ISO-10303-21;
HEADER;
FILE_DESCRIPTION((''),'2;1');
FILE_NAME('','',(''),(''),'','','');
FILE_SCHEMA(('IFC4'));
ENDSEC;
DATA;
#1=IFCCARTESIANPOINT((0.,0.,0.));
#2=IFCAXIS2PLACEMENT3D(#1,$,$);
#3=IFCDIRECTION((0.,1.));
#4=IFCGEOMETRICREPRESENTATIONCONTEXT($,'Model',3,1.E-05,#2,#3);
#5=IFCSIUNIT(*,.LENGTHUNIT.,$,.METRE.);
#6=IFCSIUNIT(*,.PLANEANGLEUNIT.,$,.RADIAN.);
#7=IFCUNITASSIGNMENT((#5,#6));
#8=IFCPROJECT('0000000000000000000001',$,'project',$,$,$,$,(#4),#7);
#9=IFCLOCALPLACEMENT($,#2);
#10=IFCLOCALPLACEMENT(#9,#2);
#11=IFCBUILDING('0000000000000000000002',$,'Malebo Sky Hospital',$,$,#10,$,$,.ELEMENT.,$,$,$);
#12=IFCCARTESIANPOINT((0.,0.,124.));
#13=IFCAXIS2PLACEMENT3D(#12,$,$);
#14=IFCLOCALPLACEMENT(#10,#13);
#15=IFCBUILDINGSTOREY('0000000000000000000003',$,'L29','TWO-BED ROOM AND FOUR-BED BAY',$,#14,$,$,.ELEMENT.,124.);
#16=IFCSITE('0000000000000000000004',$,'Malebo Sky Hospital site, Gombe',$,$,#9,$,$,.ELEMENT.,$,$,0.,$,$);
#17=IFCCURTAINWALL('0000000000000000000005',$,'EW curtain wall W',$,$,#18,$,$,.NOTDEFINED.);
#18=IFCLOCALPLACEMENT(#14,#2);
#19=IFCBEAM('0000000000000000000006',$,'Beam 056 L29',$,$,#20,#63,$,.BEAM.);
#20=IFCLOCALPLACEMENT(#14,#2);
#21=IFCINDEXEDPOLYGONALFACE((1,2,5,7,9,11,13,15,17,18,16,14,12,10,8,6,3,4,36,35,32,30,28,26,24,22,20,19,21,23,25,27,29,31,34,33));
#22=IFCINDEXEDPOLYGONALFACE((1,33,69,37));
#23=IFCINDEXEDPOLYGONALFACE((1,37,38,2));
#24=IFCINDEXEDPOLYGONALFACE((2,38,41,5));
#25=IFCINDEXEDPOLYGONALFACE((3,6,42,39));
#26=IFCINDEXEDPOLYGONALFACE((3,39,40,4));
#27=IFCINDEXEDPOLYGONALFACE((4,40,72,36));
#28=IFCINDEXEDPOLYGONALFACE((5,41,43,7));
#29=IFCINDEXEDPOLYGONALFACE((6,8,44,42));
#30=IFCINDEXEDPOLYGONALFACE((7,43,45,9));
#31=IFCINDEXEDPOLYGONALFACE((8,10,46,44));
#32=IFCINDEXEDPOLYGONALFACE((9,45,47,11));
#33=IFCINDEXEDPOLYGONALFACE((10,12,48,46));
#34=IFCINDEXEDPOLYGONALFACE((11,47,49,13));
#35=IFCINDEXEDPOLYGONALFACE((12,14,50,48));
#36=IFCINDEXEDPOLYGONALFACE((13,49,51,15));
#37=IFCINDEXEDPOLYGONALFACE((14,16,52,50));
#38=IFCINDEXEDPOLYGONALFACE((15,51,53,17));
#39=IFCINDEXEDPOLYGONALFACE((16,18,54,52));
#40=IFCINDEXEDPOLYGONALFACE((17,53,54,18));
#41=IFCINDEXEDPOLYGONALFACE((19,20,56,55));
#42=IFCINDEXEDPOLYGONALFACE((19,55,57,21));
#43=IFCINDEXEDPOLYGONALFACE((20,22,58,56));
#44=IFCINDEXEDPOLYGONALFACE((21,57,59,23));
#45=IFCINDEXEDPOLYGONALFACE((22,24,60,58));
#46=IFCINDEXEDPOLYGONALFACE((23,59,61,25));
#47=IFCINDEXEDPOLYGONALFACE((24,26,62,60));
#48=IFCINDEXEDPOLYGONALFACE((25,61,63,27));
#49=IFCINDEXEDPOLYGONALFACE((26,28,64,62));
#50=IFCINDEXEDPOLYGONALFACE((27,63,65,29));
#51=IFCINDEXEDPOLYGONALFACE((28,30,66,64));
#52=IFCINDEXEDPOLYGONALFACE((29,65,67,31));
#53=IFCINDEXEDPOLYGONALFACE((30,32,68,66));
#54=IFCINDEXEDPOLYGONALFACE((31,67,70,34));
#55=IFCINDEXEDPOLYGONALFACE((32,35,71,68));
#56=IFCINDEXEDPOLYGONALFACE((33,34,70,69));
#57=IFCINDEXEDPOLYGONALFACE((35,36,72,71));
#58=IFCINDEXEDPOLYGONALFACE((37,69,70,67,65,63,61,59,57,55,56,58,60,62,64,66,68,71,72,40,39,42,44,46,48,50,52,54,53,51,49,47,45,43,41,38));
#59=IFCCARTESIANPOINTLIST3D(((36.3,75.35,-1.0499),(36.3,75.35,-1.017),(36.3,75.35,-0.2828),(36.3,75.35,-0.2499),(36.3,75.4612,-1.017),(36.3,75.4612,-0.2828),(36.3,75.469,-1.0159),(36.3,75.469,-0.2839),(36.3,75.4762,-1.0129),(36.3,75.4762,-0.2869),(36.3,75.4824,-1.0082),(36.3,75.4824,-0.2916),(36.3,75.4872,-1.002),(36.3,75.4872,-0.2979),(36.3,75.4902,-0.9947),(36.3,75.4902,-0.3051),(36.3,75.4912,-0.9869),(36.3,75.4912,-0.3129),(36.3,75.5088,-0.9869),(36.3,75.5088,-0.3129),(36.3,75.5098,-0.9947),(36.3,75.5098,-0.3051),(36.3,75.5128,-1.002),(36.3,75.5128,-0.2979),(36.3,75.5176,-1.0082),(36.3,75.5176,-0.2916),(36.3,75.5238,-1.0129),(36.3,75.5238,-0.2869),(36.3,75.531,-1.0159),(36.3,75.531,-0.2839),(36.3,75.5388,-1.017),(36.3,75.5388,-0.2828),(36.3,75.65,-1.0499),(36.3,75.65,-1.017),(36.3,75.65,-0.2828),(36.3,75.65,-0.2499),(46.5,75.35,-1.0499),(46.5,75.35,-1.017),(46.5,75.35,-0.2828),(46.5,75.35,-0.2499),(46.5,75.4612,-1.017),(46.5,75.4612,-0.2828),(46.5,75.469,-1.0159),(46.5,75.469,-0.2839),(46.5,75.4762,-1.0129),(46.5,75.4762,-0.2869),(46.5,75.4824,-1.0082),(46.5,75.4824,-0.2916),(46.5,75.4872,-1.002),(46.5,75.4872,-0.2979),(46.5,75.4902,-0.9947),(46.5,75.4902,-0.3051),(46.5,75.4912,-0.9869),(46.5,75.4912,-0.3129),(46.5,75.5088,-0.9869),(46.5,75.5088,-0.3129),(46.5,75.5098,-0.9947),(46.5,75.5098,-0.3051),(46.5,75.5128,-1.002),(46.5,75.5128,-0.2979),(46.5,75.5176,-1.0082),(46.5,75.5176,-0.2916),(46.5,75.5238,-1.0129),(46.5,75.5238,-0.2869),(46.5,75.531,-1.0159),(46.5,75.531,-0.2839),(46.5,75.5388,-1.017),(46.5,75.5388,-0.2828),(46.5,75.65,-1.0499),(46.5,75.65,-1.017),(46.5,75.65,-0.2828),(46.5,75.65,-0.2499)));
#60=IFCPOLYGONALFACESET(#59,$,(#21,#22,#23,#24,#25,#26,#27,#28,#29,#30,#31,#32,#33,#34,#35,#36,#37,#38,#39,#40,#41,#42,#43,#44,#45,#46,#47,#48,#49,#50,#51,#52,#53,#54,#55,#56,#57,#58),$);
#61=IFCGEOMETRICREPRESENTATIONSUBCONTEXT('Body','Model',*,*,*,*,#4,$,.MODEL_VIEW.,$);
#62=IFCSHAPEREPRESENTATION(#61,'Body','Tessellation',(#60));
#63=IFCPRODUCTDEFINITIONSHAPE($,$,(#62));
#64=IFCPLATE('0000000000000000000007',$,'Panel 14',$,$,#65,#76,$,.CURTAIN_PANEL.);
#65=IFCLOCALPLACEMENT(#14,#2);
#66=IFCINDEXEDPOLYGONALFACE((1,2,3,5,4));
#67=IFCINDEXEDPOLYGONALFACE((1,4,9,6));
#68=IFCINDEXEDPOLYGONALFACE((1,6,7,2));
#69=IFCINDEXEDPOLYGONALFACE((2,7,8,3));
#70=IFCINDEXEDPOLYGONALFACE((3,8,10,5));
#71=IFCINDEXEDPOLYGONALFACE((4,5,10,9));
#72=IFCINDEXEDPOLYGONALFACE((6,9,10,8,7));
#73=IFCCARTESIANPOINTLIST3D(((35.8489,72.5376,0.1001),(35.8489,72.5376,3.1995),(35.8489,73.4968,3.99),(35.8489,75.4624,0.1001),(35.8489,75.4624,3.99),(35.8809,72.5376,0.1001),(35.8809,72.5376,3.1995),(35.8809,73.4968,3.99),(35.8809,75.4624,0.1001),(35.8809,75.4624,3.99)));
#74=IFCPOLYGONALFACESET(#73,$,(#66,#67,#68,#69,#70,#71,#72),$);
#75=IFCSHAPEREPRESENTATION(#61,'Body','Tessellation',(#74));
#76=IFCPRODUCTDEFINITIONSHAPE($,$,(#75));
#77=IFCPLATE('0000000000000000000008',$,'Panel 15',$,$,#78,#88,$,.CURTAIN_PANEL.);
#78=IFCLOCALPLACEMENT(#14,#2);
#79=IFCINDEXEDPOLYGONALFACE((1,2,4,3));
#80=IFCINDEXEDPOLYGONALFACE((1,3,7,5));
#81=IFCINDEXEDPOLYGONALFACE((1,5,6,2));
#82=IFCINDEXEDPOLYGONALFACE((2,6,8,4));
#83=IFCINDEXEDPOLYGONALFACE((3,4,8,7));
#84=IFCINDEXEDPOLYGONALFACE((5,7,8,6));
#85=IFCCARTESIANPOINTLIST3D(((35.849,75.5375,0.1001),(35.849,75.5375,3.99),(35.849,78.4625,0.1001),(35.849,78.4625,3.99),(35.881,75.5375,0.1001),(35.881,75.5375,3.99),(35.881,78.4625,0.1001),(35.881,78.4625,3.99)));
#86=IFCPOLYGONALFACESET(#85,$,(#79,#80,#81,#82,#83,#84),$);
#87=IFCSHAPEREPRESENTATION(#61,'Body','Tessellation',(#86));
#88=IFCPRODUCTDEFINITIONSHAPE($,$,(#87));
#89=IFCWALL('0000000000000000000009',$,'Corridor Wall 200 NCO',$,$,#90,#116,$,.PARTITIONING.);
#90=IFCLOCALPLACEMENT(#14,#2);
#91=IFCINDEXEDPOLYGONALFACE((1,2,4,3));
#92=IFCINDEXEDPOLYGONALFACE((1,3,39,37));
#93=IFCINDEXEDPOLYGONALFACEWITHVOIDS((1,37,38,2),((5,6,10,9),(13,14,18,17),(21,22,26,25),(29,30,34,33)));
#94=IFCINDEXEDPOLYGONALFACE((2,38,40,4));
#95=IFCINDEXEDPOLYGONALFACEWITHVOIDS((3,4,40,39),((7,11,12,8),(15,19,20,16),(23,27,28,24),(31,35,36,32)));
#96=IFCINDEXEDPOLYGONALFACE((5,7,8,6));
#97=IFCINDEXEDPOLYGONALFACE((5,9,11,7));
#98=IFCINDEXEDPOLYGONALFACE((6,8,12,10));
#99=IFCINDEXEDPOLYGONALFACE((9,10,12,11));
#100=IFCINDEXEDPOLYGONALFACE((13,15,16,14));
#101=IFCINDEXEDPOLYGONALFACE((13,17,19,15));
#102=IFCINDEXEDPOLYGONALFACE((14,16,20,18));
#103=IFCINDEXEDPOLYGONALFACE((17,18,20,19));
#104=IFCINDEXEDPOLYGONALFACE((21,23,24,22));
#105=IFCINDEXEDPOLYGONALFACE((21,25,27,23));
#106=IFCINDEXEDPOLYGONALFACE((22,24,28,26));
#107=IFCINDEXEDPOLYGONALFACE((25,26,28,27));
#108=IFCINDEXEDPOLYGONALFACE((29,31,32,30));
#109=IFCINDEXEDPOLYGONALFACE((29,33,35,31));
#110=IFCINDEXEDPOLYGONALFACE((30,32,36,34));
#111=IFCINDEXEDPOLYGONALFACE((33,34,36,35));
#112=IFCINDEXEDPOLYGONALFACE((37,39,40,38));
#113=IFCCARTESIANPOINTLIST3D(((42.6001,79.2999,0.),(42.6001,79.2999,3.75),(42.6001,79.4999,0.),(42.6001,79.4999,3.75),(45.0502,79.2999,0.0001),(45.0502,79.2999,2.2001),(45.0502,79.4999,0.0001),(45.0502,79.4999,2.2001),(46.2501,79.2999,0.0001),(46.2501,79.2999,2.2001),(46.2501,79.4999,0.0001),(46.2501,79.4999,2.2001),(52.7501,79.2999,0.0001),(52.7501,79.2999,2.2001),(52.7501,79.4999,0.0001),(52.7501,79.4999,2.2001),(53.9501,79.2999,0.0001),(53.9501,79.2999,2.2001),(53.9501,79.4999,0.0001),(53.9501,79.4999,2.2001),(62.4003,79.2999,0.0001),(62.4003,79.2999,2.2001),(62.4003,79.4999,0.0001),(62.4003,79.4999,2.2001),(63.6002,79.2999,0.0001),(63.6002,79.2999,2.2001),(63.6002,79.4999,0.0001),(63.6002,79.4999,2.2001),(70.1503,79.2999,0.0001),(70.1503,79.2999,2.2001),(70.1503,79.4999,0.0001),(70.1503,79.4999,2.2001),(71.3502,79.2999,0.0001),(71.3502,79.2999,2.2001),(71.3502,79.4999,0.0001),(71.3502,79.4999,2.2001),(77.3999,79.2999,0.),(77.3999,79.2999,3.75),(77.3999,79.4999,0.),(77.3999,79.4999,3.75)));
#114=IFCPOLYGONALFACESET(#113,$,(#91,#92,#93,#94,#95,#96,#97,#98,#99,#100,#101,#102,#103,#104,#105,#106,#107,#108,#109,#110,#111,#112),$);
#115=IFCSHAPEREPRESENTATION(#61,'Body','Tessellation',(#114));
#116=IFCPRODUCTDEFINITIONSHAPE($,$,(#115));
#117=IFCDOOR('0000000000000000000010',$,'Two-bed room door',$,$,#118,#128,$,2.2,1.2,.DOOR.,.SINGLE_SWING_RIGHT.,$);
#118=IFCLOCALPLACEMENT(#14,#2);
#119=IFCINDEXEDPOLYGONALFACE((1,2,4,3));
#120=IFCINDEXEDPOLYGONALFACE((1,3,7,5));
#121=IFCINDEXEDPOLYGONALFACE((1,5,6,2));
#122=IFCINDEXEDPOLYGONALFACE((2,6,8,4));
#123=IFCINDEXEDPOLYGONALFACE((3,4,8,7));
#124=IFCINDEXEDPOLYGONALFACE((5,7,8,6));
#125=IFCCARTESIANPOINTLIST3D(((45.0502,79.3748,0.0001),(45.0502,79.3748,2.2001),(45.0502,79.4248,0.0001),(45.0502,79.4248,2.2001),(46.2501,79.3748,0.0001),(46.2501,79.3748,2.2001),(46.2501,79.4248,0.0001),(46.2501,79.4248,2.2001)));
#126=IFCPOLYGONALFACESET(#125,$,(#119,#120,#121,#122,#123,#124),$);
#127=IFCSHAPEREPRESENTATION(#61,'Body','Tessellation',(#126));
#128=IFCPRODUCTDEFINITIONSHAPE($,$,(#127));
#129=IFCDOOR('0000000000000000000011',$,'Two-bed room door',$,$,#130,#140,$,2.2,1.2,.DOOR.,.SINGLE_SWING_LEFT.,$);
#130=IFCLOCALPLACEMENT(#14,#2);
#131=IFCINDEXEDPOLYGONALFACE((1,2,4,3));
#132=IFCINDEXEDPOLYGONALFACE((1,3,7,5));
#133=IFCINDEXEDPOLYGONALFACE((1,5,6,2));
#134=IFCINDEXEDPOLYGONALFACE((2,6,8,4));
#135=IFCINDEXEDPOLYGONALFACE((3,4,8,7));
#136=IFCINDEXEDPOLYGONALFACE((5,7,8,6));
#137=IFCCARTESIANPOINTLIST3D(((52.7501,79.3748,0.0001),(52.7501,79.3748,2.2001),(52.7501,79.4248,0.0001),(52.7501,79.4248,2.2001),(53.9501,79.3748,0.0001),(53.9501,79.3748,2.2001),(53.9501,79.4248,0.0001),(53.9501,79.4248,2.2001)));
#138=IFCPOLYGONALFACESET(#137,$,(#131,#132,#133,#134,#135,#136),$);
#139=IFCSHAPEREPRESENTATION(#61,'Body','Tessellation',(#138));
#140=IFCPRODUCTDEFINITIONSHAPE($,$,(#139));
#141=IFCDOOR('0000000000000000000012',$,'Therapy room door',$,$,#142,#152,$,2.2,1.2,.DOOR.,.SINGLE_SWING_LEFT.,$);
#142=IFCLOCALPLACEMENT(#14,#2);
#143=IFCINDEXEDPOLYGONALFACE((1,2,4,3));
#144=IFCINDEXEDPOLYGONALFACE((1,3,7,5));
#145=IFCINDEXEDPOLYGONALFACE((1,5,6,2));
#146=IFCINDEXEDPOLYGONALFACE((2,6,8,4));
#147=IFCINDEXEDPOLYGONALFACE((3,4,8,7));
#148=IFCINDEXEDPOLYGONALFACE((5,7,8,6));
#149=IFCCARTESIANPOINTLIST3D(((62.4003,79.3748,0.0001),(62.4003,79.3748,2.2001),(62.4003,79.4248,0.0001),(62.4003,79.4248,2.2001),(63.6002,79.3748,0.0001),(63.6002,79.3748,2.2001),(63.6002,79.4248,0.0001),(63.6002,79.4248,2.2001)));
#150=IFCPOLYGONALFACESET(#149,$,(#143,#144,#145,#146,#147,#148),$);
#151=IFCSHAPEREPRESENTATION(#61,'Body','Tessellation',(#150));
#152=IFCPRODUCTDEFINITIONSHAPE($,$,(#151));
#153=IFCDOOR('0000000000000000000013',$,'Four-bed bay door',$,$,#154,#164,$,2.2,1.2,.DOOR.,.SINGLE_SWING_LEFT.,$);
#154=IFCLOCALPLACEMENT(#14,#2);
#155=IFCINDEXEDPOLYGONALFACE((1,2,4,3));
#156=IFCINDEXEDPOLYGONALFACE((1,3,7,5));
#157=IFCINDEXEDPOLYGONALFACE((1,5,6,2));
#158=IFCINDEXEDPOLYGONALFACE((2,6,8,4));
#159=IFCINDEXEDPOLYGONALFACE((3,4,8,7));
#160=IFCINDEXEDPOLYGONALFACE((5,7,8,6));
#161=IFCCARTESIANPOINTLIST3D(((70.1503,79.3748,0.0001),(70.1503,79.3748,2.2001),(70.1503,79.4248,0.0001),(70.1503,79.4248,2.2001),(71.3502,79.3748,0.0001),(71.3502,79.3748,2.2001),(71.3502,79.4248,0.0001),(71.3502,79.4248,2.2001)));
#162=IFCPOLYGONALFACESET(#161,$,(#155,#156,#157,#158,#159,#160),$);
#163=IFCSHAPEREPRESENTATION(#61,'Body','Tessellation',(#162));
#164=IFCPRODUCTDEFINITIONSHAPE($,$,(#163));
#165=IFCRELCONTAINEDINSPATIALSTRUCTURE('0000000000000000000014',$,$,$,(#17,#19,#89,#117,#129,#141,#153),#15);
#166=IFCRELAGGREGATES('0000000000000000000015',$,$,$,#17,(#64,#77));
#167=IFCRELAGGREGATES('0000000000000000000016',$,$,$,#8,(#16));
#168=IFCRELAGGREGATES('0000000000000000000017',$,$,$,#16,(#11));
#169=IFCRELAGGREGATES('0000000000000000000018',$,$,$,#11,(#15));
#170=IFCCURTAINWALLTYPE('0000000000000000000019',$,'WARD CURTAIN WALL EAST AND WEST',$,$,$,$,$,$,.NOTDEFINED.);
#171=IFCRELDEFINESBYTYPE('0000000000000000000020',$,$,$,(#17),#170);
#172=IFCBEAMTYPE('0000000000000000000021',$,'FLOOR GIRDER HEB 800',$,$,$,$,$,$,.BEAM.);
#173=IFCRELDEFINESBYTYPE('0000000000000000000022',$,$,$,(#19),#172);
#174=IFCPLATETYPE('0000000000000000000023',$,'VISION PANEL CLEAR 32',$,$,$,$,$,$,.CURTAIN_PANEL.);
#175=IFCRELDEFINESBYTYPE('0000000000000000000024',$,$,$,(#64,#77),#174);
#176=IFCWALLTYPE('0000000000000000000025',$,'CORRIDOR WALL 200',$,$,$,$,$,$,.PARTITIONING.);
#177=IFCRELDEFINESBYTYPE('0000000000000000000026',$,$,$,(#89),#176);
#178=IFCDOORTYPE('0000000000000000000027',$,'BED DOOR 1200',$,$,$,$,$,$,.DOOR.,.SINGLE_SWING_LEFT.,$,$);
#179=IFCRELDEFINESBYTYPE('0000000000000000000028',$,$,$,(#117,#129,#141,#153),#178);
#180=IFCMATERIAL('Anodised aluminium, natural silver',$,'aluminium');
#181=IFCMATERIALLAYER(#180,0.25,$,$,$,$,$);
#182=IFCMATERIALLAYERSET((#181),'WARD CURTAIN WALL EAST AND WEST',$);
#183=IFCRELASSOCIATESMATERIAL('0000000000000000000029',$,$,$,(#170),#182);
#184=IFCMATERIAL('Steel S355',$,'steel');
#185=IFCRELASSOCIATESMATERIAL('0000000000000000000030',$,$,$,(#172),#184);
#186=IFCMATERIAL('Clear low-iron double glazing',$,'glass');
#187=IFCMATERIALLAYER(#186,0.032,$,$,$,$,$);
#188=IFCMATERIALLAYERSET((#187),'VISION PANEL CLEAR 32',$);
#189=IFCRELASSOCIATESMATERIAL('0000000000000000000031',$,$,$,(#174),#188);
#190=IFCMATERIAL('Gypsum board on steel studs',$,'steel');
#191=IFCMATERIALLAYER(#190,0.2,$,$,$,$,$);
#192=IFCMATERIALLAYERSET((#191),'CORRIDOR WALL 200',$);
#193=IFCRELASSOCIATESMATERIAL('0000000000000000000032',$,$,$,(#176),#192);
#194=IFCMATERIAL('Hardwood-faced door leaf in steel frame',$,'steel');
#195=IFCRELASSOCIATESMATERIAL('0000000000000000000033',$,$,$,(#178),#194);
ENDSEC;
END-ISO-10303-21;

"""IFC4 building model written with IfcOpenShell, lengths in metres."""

from ifc_helpers import new_model, si_unit, direction, frame, frame_2d, origin, origin_2d, place, context, subcontext, project, spatial, polyline, rectangle, i_section, outline, extrude, material, layer, layer_set, material_profile, profile_set, type_object, element, fill, aggregate, save


model = new_model("IFC4")

# Units and contexts
model_context = context("Model", 3, precision=1e-05, world=origin(), true_north=direction((0.0, 1.0)))
body_context = subcontext(model_context, "Body", "Model", "MODEL_VIEW")
ifc_project = project(units=[si_unit("LENGTHUNIT", "METRE"), si_unit("PLANEANGLEUNIT", "RADIAN")], contexts=[model_context])

# Site, building, storey
site_placement = place(None, origin())
site = spatial("IfcSite", under=ifc_project, at=site_placement, Name="Malebo Sky Hospital site, Gombe", CompositionType="ELEMENT", RefElevation=0.0)
building_placement = place(site_placement, origin())
building = spatial("IfcBuilding", under=site, at=building_placement, Name="Malebo Sky Hospital", CompositionType="ELEMENT")
storey_placement = place(building_placement, frame((0.0, 0.0, 124.0)))
storey = spatial("IfcBuildingStorey", under=building, at=storey_placement, Name="L29", Description="TWO-BED ROOM AND FOUR-BED BAY", CompositionType="ELEMENT", Elevation=124.0)

# Curtain wall
ifc_material_1 = material(Name="Anodised aluminium, natural silver", Category="aluminium")
ifc_layer_1 = layer(ifc_material_1, 0.25)
ifc_layer_set_1 = layer_set([ifc_layer_1], Name="WARD CURTAIN WALL EAST AND WEST")
curtain_wall_type = type_object("IfcCurtainWallType", Name="WARD CURTAIN WALL EAST AND WEST", PredefinedType="NOTDEFINED", material=ifc_layer_set_1)
curtain_wall_placement = place(storey_placement, origin())
curtain_wall = element("IfcCurtainWall", 1, at=curtain_wall_placement, inside=storey, type_object=curtain_wall_type, Name="EW curtain wall W", PredefinedType="NOTDEFINED")

# Beam
ifc_material_2 = material(Name="Steel S355", Category="steel")
ifc_material_profile_1 = material_profile(ifc_material_2, i_section(OverallWidth=0.3, OverallDepth=0.8, WebThickness=0.0176, FlangeThickness=0.033, FilletRadius=0.03, at=origin_2d()), Name="HEB 800")
ifc_profile_set_1 = profile_set([ifc_material_profile_1], Name="Steel S355")
beam_type_1 = type_object("IfcBeamType", Name="FLOOR GIRDER HEB 800", PredefinedType="BEAM", material=ifc_profile_set_1)
beam_1_placement = place(storey_placement, frame((36.3, 75.5, -0.6499), z_axis=(1.0, 0.0, 0.0), x_axis=(0.0, 1.0, 0.0)))
element("IfcBeam", 2, at=beam_1_placement, inside=storey, type_object=beam_type_1, Name="Beam 056 L29", PredefinedType="BEAM", context=body_context, shape_type="SweptSolid", body=[
    extrude(i_section(OverallWidth=0.3, OverallDepth=0.8, WebThickness=0.0176, FlangeThickness=0.033, FilletRadius=0.03, at=origin_2d()), origin(), (0.0, 0.0, 1.0), 10.2),
])

# Plates
ifc_material_3 = material(Name="Clear low-iron double glazing", Category="glass")
ifc_layer_2 = layer(ifc_material_3, 0.032)
ifc_layer_set_2 = layer_set([ifc_layer_2], Name="VISION PANEL CLEAR 32")
plate_type = type_object("IfcPlateType", Name="VISION PANEL CLEAR 32", PredefinedType="CURTAIN_PANEL", material=ifc_layer_set_2)
plate_1_placement = place(storey_placement, frame((35.865, 74.0, 0.1001), z_axis=(0.0, 0.0, 1.0), x_axis=(0.0, 1.0, 0.0)))
plate_1 = element("IfcPlate", 3, at=plate_1_placement, type_object=plate_type, Name="Panel 14", PredefinedType="CURTAIN_PANEL", context=body_context, shape_type="SweptSolid", body=[
    extrude(outline(polyline([(-1.4624, 0.0), (1.4624, 0.0), (1.4624, 3.8899), (-0.5032, 3.8899), (-1.4624, 3.0994), (-1.4624, 0.0)])), frame((0.0, 0.0161, 0.0), z_axis=(0.0, -1.0, 0.0), x_axis=(1.0, 0.0, 0.0)), (0.0, 0.0, 1.0), 0.032),
])
plate_2_placement = place(storey_placement, frame((35.865, 77.0, 0.1001), z_axis=(0.0, 0.0, 1.0), x_axis=(0.0, 1.0, 0.0)))
plate_2 = element("IfcPlate", 4, at=plate_2_placement, type_object=plate_type, Name="Panel 15", PredefinedType="CURTAIN_PANEL", context=body_context, shape_type="SweptSolid", body=[
    extrude(rectangle(XDim=2.925, YDim=0.032, at=origin_2d()), origin(), (0.0, 0.0, 1.0), 3.8899),
])
aggregate(curtain_wall, [plate_1, plate_2])

# Wall, openings, doors
ifc_material_4 = material(Name="Gypsum board on steel studs", Category="steel")
ifc_layer_3 = layer(ifc_material_4, 0.2)
ifc_layer_set_3 = layer_set([ifc_layer_3], Name="CORRIDOR WALL 200")
wall_type_1 = type_object("IfcWallType", Name="CORRIDOR WALL 200", PredefinedType="PARTITIONING", material=ifc_layer_set_3)
wall_1_placement = place(storey_placement, frame((42.6001, 79.3999, 0.0), z_axis=(0.0, 0.0, 1.0), x_axis=(1.0, 0.0, 0.0)))
wall_1 = element("IfcWall", 5, at=wall_1_placement, inside=storey, type_object=wall_type_1, Name="Corridor Wall 200 NCO", PredefinedType="PARTITIONING", context=body_context, shape_type="SweptSolid", body=[
    extrude(rectangle(XDim=34.7998, YDim=0.2, at=frame_2d((17.3999, 0.0))), origin(), (0.0, 0.0, 1.0), 3.75),
])
opening_1_placement = place(wall_1_placement, frame((2.45, 0.0, 0.0)))
opening_1 = element("IfcOpeningElement", 6, at=opening_1_placement, cuts=wall_1, PredefinedType="OPENING", context=body_context, shape_type="SweptSolid", body=[
    extrude(rectangle(XDim=1.2, YDim=2.2, at=frame_2d((0.6001, 1.1001))), frame((0.0, 0.1099, 0.0), z_axis=(0.0, -1.0, 0.0), x_axis=(1.0, 0.0, 0.0)), (0.0, 0.0, 1.0), 0.22),
])
opening_2_placement = place(wall_1_placement, frame((10.1499, 0.0, 0.0)))
opening_2 = element("IfcOpeningElement", 7, at=opening_2_placement, cuts=wall_1, PredefinedType="OPENING", context=body_context, shape_type="SweptSolid", body=[
    extrude(rectangle(XDim=1.2, YDim=2.2, at=frame_2d((0.6001, 1.1001))), frame((0.0, 0.1099, 0.0), z_axis=(0.0, -1.0, 0.0), x_axis=(1.0, 0.0, 0.0)), (0.0, 0.0, 1.0), 0.22),
])
opening_3_placement = place(wall_1_placement, frame((19.8, 0.0, 0.0)))
opening_3 = element("IfcOpeningElement", 8, at=opening_3_placement, cuts=wall_1, PredefinedType="OPENING", context=body_context, shape_type="SweptSolid", body=[
    extrude(rectangle(XDim=1.2, YDim=2.2, at=frame_2d((0.6001, 1.1001))), frame((0.0, 0.1099, 0.0), z_axis=(0.0, -1.0, 0.0), x_axis=(1.0, 0.0, 0.0)), (0.0, 0.0, 1.0), 0.22),
])
opening_4_placement = place(wall_1_placement, frame((27.55, 0.0, 0.0)))
opening_4 = element("IfcOpeningElement", 9, at=opening_4_placement, cuts=wall_1, PredefinedType="OPENING", context=body_context, shape_type="SweptSolid", body=[
    extrude(rectangle(XDim=1.2, YDim=2.2, at=frame_2d((0.6001, 1.1001))), frame((0.0, 0.1099, 0.0), z_axis=(0.0, -1.0, 0.0), x_axis=(1.0, 0.0, 0.0)), (0.0, 0.0, 1.0), 0.22),
])
ifc_material_5 = material(Name="Hardwood-faced door leaf in steel frame", Category="steel")
door_type_1 = type_object("IfcDoorType", Name="BED DOOR 1200", OperationType="SINGLE_SWING_LEFT", PredefinedType="DOOR", material=ifc_material_5)
door_1_placement = place(opening_1_placement, origin())
door_1 = element("IfcDoor", 10, at=door_1_placement, inside=storey, type_object=door_type_1, Name="Two-bed room door", OperationType="SINGLE_SWING_RIGHT", OverallHeight=2.2, OverallWidth=1.2, PredefinedType="DOOR", context=body_context, shape_type="SweptSolid", body=[
    extrude(rectangle(XDim=1.2, YDim=2.2, at=frame_2d((0.6001, 1.1001))), frame((0.0, 0.0249, 0.0), z_axis=(0.0, -1.0, 0.0), x_axis=(1.0, 0.0, 0.0)), (0.0, 0.0, 1.0), 0.05),
])
fill(opening_1, door_1)
door_2_placement = place(opening_2_placement, origin())
door_2 = element("IfcDoor", 11, at=door_2_placement, inside=storey, type_object=door_type_1, Name="Two-bed room door", OperationType="SINGLE_SWING_LEFT", OverallHeight=2.2, OverallWidth=1.2, PredefinedType="DOOR", context=body_context, shape_type="SweptSolid", body=[
    extrude(rectangle(XDim=1.2, YDim=2.2, at=frame_2d((0.6001, 1.1001))), frame((0.0, 0.0249, 0.0), z_axis=(0.0, -1.0, 0.0), x_axis=(1.0, 0.0, 0.0)), (0.0, 0.0, 1.0), 0.05),
])
fill(opening_2, door_2)
door_3_placement = place(opening_3_placement, origin())
door_3 = element("IfcDoor", 12, at=door_3_placement, inside=storey, type_object=door_type_1, Name="Therapy room door", OperationType="SINGLE_SWING_LEFT", OverallHeight=2.2, OverallWidth=1.2, PredefinedType="DOOR", context=body_context, shape_type="SweptSolid", body=[
    extrude(rectangle(XDim=1.2, YDim=2.2, at=frame_2d((0.6001, 1.1001))), frame((0.0, 0.0249, 0.0), z_axis=(0.0, -1.0, 0.0), x_axis=(1.0, 0.0, 0.0)), (0.0, 0.0, 1.0), 0.05),
])
fill(opening_3, door_3)
door_4_placement = place(opening_4_placement, origin())
door_4 = element("IfcDoor", 13, at=door_4_placement, inside=storey, type_object=door_type_1, Name="Four-bed bay door", OperationType="SINGLE_SWING_LEFT", OverallHeight=2.2, OverallWidth=1.2, PredefinedType="DOOR", context=body_context, shape_type="SweptSolid", body=[
    extrude(rectangle(XDim=1.2, YDim=2.2, at=frame_2d((0.6001, 1.1001))), frame((0.0, 0.0249, 0.0), z_axis=(0.0, -1.0, 0.0), x_axis=(1.0, 0.0, 0.0)), (0.0, 0.0, 1.0), 0.05),
])
fill(opening_4, door_4)

save(model, "model.ifc")
